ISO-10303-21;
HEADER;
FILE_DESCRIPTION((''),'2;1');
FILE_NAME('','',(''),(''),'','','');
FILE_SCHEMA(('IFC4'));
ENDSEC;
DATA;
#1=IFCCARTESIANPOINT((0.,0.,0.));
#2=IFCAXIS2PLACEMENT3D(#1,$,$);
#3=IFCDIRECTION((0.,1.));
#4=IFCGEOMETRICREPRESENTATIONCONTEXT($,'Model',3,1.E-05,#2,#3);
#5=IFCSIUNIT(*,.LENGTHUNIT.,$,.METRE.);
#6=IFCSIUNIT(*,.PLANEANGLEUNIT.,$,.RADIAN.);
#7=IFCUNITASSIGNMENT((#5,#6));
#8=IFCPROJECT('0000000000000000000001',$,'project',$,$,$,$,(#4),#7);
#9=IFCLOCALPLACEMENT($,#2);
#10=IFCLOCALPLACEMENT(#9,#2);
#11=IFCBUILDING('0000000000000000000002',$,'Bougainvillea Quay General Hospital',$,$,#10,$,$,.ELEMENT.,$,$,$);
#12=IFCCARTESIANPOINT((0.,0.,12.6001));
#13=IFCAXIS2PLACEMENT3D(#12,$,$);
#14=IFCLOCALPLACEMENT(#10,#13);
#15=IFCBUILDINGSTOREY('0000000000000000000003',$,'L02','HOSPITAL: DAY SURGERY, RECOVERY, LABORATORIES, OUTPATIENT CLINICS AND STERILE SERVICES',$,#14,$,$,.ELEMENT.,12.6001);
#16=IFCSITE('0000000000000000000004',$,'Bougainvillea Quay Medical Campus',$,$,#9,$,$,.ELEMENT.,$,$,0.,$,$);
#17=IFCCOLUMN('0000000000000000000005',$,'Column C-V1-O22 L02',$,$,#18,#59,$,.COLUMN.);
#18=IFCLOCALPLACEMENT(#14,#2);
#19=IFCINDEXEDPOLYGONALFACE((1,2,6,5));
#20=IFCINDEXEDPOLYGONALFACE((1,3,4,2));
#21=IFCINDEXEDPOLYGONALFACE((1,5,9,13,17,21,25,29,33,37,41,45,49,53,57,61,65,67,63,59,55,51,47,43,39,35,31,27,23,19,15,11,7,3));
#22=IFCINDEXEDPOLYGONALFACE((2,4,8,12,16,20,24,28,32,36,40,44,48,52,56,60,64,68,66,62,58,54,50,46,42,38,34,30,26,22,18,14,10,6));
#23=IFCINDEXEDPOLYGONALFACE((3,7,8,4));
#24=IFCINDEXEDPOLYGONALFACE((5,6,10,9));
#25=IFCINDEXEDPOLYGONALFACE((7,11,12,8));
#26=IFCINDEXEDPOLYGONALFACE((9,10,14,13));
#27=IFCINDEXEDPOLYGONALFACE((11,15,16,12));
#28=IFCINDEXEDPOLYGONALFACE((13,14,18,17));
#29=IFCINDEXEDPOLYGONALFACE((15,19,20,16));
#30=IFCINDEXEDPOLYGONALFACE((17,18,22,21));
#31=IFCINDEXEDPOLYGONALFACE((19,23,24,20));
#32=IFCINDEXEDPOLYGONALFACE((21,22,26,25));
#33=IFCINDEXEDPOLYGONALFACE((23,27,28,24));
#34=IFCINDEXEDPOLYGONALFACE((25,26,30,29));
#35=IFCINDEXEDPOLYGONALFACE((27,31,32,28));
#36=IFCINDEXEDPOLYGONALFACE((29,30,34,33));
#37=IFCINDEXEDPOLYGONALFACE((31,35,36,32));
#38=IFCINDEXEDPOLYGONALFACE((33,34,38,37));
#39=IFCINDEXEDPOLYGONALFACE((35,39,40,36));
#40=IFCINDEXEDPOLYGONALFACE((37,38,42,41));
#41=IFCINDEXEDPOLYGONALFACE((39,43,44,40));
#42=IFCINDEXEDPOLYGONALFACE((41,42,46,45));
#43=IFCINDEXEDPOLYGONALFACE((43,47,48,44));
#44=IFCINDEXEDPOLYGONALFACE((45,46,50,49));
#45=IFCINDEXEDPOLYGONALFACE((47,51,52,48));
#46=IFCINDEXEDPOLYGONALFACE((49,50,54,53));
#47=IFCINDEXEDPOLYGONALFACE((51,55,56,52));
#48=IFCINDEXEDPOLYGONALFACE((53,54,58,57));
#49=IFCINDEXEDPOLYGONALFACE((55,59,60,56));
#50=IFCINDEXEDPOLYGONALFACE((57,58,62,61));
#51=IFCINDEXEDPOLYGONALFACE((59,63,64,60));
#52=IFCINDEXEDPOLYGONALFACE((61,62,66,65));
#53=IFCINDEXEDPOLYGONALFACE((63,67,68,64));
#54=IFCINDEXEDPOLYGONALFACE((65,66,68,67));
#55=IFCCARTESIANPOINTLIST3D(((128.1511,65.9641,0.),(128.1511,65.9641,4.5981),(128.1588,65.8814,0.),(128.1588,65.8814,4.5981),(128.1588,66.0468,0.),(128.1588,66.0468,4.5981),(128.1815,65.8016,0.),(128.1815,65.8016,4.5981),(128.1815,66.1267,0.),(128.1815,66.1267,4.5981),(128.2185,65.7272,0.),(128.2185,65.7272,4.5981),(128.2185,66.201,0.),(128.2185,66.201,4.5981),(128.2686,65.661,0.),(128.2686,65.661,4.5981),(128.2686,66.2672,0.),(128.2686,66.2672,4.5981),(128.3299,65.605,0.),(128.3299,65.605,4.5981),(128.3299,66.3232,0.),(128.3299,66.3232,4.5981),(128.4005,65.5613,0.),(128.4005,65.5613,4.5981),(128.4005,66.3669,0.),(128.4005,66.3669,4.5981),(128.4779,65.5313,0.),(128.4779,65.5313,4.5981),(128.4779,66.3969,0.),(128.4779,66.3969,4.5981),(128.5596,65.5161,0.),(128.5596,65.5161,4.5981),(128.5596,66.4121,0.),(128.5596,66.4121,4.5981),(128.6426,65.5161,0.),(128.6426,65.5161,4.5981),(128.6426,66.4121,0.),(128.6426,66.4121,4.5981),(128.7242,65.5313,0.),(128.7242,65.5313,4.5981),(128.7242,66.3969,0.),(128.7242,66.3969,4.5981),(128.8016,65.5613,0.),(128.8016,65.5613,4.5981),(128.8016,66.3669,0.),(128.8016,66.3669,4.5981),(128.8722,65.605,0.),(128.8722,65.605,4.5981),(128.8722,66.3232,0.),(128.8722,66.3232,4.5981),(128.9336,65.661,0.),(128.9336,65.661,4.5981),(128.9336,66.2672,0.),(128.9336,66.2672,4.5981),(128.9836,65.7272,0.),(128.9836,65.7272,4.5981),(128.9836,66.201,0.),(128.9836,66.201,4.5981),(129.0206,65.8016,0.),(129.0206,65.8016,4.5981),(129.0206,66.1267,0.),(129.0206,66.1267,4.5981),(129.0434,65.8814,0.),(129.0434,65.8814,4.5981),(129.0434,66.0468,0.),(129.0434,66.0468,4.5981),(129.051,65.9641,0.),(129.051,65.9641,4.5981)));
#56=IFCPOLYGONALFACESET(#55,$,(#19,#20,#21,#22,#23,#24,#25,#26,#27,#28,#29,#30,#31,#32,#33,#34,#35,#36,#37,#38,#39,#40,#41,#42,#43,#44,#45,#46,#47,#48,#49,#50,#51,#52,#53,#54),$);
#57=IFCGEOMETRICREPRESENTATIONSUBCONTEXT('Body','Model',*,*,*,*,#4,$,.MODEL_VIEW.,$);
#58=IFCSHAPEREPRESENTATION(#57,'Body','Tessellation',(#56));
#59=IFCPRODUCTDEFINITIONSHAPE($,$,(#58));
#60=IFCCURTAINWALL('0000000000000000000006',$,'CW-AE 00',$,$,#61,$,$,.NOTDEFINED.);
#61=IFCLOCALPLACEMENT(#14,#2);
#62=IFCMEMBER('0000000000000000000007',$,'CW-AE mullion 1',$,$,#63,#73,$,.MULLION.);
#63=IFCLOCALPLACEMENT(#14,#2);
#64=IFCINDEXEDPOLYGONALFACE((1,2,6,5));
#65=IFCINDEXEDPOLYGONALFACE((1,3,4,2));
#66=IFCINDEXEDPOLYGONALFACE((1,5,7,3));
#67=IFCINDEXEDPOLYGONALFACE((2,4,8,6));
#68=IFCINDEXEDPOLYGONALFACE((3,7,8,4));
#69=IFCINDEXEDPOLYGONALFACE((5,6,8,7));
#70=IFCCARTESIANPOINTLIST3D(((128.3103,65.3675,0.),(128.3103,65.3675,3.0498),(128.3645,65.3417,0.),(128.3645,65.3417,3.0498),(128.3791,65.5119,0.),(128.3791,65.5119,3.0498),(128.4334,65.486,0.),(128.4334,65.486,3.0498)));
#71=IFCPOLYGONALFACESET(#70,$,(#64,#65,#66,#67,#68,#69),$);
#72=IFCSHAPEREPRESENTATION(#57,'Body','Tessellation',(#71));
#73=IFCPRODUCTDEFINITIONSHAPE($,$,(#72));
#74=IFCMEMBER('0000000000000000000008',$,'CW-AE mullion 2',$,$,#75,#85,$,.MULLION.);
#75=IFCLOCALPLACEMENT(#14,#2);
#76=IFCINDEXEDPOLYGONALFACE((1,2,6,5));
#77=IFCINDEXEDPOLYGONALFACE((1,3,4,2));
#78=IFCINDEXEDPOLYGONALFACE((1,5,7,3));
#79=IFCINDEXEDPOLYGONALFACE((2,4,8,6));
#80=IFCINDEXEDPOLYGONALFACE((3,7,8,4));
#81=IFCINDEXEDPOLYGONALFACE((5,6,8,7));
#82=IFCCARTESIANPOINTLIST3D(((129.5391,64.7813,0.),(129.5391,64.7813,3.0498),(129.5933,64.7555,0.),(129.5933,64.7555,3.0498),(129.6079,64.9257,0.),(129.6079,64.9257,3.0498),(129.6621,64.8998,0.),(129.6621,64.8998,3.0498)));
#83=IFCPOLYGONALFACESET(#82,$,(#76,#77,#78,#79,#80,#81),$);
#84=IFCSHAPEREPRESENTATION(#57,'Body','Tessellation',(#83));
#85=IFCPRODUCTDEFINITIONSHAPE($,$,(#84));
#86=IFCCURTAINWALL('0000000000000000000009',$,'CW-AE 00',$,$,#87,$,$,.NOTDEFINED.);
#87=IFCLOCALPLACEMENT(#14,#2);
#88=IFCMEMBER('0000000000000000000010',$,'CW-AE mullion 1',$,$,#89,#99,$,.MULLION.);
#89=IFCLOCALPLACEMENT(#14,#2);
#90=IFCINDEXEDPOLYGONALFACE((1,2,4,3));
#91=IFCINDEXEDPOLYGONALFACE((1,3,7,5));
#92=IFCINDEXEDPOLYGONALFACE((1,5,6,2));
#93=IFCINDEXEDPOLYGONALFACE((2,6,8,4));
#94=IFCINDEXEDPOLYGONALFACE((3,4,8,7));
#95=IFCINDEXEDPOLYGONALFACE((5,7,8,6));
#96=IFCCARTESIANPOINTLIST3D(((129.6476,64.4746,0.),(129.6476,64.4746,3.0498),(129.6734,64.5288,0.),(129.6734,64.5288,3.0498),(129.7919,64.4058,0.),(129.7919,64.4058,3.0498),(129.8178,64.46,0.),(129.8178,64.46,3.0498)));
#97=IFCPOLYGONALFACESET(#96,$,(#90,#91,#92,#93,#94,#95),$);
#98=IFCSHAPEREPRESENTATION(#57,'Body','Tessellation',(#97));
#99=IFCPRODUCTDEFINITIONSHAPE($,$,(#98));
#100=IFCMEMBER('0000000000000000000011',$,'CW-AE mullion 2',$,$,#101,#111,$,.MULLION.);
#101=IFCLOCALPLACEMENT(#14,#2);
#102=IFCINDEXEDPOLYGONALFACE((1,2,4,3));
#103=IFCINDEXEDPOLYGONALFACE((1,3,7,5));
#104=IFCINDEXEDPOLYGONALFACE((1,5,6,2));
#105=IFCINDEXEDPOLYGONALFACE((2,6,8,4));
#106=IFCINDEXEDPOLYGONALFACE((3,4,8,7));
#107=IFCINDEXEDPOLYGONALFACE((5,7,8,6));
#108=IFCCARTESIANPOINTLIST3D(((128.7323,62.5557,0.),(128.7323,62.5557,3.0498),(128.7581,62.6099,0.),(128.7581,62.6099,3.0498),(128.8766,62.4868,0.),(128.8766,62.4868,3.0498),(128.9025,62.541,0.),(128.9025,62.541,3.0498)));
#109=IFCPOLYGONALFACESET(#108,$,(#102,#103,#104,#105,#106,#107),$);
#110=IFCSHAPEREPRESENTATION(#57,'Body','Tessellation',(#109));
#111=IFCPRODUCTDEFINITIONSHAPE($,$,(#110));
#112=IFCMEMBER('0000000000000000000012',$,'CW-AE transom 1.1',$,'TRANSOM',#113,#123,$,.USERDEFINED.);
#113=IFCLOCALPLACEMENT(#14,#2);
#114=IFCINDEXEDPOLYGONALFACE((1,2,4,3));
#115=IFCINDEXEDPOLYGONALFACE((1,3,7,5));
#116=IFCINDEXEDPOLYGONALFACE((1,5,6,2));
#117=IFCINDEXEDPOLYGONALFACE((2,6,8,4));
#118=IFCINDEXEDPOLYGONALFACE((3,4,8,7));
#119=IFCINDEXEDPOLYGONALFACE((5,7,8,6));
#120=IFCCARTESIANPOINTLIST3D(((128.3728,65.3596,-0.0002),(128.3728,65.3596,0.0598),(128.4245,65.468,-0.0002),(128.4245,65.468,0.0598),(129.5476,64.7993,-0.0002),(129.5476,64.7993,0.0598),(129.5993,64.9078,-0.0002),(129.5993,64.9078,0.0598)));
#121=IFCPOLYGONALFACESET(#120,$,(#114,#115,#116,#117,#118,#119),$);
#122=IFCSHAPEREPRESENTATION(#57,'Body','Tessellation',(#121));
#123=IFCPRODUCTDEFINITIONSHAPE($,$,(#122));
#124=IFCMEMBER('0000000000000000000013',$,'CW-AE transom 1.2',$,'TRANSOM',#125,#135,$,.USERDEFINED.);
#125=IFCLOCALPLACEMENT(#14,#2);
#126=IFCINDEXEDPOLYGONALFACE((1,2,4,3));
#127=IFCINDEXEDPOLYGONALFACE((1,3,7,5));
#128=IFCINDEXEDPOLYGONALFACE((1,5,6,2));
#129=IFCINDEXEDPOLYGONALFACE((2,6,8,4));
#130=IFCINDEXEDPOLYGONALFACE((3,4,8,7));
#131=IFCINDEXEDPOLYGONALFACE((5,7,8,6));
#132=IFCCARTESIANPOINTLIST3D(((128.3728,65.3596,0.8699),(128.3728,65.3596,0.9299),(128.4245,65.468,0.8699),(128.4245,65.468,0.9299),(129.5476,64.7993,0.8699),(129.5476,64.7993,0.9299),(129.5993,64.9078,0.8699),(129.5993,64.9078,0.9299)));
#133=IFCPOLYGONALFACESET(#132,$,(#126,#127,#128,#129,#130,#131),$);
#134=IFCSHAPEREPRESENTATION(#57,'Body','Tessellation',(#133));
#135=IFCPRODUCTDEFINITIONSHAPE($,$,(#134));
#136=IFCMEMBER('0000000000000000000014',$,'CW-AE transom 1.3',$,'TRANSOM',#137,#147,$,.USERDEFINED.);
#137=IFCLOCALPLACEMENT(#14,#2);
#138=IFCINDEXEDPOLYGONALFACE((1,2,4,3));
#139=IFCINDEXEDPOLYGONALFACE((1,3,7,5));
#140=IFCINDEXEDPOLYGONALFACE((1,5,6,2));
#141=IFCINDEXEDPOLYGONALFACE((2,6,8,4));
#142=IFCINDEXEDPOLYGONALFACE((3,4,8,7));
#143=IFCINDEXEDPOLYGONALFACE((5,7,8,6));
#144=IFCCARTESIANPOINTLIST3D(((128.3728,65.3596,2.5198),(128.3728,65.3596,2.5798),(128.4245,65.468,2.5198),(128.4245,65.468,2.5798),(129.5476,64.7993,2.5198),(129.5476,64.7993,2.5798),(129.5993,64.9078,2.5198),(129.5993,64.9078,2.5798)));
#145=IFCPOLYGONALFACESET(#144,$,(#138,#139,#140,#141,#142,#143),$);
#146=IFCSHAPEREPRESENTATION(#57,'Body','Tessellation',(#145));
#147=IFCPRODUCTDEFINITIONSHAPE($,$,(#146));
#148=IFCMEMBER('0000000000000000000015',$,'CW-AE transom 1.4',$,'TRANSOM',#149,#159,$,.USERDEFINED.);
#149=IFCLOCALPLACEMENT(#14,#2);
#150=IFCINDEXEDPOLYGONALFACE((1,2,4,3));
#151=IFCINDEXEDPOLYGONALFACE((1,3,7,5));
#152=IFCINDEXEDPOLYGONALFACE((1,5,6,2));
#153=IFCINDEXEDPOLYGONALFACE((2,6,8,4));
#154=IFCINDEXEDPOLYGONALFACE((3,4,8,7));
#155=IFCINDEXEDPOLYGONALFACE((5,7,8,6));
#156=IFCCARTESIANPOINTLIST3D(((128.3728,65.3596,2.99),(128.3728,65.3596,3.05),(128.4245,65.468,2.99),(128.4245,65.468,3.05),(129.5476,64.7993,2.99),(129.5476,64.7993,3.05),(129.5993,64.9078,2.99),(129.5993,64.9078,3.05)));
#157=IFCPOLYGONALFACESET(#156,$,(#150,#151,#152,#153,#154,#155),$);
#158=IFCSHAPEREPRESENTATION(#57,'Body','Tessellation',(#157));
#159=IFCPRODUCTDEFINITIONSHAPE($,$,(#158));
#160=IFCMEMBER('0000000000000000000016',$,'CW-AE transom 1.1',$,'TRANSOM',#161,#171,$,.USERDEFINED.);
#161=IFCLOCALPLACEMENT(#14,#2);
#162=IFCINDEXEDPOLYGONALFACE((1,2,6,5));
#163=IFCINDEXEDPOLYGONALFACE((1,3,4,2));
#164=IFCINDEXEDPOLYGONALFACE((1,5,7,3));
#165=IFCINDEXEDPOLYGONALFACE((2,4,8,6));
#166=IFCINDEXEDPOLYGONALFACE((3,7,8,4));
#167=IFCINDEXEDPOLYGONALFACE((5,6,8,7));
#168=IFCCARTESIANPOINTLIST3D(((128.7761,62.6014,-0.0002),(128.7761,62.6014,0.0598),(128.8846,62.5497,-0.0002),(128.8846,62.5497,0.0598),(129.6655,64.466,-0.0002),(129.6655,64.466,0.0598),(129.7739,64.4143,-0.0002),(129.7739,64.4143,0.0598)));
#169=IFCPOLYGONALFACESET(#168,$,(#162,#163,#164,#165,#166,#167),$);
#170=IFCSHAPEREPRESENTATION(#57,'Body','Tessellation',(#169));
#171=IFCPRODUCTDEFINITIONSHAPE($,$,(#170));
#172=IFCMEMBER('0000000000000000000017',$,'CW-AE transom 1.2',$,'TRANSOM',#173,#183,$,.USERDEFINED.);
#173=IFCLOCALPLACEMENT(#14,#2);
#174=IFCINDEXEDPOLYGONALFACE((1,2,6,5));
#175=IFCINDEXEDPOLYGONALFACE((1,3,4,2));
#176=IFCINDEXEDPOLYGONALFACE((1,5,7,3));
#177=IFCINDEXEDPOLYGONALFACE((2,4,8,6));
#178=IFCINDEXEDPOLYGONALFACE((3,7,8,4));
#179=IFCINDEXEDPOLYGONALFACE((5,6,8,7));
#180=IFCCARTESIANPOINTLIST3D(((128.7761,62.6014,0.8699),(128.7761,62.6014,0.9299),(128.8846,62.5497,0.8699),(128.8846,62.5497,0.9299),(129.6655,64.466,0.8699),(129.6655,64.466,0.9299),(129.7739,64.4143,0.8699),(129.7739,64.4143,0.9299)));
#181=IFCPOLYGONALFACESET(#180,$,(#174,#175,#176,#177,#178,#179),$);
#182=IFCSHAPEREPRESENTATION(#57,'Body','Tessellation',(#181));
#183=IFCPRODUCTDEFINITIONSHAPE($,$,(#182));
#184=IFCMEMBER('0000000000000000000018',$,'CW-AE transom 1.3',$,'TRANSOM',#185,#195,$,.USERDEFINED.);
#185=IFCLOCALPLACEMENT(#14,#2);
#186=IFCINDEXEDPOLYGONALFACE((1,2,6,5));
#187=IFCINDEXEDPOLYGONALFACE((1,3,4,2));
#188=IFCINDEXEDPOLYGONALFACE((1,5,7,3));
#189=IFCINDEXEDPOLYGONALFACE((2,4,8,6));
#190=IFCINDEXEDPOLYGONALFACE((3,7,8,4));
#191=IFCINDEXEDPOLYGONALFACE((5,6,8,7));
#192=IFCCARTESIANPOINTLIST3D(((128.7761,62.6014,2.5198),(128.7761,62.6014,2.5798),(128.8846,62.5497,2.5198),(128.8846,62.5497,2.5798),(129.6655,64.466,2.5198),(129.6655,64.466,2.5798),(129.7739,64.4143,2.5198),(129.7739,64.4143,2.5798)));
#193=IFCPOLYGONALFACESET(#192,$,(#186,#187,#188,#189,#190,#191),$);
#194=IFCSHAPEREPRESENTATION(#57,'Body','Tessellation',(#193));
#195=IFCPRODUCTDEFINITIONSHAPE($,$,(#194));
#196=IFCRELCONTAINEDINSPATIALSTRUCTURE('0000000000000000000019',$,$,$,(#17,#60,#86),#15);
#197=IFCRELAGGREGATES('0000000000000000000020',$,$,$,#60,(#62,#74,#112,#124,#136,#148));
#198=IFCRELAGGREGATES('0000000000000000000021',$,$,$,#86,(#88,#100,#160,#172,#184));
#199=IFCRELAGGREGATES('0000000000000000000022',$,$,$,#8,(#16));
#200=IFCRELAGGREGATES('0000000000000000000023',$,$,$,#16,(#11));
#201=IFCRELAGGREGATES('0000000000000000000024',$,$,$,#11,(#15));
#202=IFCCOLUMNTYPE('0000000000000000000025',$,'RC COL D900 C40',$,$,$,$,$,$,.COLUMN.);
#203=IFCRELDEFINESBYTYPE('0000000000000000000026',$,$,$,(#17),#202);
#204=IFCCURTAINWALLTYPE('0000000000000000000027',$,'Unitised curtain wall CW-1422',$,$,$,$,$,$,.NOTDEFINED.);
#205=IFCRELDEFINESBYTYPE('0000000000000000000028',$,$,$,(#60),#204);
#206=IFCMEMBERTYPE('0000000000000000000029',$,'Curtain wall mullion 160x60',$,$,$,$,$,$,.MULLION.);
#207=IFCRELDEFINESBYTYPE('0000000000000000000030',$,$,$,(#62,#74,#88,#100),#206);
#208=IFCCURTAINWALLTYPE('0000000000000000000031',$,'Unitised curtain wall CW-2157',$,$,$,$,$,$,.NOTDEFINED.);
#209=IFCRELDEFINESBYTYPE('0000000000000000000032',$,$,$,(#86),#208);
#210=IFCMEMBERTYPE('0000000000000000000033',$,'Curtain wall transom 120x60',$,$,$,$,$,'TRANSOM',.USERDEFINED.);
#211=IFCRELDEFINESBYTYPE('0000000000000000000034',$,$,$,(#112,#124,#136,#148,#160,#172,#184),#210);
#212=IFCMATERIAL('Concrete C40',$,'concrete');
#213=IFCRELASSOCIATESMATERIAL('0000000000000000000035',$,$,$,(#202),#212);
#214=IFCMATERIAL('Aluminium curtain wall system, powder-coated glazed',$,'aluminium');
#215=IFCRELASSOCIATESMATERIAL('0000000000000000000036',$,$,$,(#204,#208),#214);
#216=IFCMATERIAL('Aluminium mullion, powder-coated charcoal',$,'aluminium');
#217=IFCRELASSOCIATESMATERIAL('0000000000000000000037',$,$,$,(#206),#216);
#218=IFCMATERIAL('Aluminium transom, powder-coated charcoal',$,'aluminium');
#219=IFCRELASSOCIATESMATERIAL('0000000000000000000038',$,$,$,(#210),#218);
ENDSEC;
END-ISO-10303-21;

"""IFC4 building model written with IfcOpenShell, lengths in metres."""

from ifc_helpers import new_model, si_unit, direction, frame, origin, origin_2d, place, context, subcontext, project, spatial, rectangle, circle, extrude, material, material_profile, profile_set, type_object, element, aggregate, save


model = new_model("IFC4")

# Units and contexts
model_context = context("Model", 3, precision=1e-05, world=origin(), true_north=direction((0.0, 1.0)))
body_context = subcontext(model_context, "Body", "Model", "MODEL_VIEW")
ifc_project = project(units=[si_unit("LENGTHUNIT", "METRE"), si_unit("PLANEANGLEUNIT", "RADIAN")], contexts=[model_context])

# Site, building, storey
site_placement = place(None, origin())
site = spatial("IfcSite", under=ifc_project, at=site_placement, Name="Bougainvillea Quay Medical Campus", CompositionType="ELEMENT", RefElevation=0.0)
building_placement = place(site_placement, origin())
building = spatial("IfcBuilding", under=site, at=building_placement, Name="Bougainvillea Quay General Hospital", CompositionType="ELEMENT")
storey_placement = place(building_placement, frame((0.0, 0.0, 12.6001)))
storey = spatial("IfcBuildingStorey", under=building, at=storey_placement, Name="L02", Description="HOSPITAL: DAY SURGERY, RECOVERY, LABORATORIES, OUTPATIENT CLINICS AND STERILE SERVICES", CompositionType="ELEMENT", Elevation=12.6001)

# Column
ifc_material_1 = material(Name="Concrete C40", Category="concrete")
ifc_material_profile_1 = material_profile(ifc_material_1, circle(Radius=0.45, at=origin_2d()))
ifc_profile_set_1 = profile_set([ifc_material_profile_1], Name="Concrete C40")
column_type = type_object("IfcColumnType", Name="RC COL D900 C40", PredefinedType="COLUMN", material=ifc_profile_set_1)
column_placement = place(storey_placement, frame((128.6011, 65.9641, 0.0), z_axis=(0.0, 0.0, 1.0), x_axis=(1.0, 0.0, 0.0)))
element("IfcColumn", 1, at=column_placement, inside=storey, type_object=column_type, Name="Column C-V1-O22 L02", PredefinedType="COLUMN", context=body_context, shape_type="SweptSolid", body=[
    extrude(circle(Radius=0.45, at=origin_2d()), origin(), (0.0, 0.0, 1.0), 4.5981),
])

# Curtain walls, members
ifc_material_2 = material(Name="Aluminium curtain wall system, powder-coated glazed", Category="aluminium")
curtain_wall_type_1 = type_object("IfcCurtainWallType", Name="Unitised curtain wall CW-1422", PredefinedType="NOTDEFINED", material=ifc_material_2)
curtain_wall_1_placement = place(storey_placement, origin())
curtain_wall_1 = element("IfcCurtainWall", 2, at=curtain_wall_1_placement, inside=storey, type_object=curtain_wall_type_1, Name="CW-AE 00", PredefinedType="NOTDEFINED")
ifc_material_3 = material(Name="Aluminium mullion, powder-coated charcoal", Category="aluminium")
ifc_material_profile_2 = material_profile(ifc_material_3, rectangle(XDim=0.1599, YDim=0.0601, at=origin_2d()))
ifc_profile_set_2 = profile_set([ifc_material_profile_2], Name="Aluminium mullion, powder-coated charcoal")
member_type_1 = type_object("IfcMemberType", Name="Curtain wall mullion 160x60", PredefinedType="MULLION", material=ifc_profile_set_2)
member_1_placement = place(storey_placement, frame((128.3718, 65.4268, 0.0), z_axis=(0.0, 0.0, 1.0), x_axis=(0.430534, 0.902574, 0.0)))
member_1 = element("IfcMember", 3, at=member_1_placement, type_object=member_type_1, Name="CW-AE mullion 1", PredefinedType="MULLION", context=body_context, shape_type="SweptSolid", body=[
    extrude(rectangle(XDim=0.1599, YDim=0.0601, at=origin_2d()), origin(), (0.0, 0.0, 1.0), 3.0498),
])
member_2_placement = place(storey_placement, frame((129.6006, 64.8406, 0.0), z_axis=(0.0, 0.0, 1.0), x_axis=(0.430534, 0.902574, 0.0)))
member_2 = element("IfcMember", 4, at=member_2_placement, type_object=member_type_1, Name="CW-AE mullion 2", PredefinedType="MULLION", context=body_context, shape_type="SweptSolid", body=[
    extrude(rectangle(XDim=0.1599, YDim=0.0601, at=origin_2d()), origin(), (0.0, 0.0, 1.0), 3.0498),
])
curtain_wall_type_2 = type_object("IfcCurtainWallType", Name="Unitised curtain wall CW-2157", PredefinedType="NOTDEFINED", material=ifc_material_2)
curtain_wall_2_placement = place(storey_placement, origin())
curtain_wall_2 = element("IfcCurtainWall", 5, at=curtain_wall_2_placement, inside=storey, type_object=curtain_wall_type_2, Name="CW-AE 00", PredefinedType="NOTDEFINED")
member_3_placement = place(storey_placement, frame((129.7327, 64.4673, 0.0), z_axis=(0.0, 0.0, 1.0), x_axis=(0.902576, -0.43053, 0.0)))
member_3 = element("IfcMember", 6, at=member_3_placement, type_object=member_type_1, Name="CW-AE mullion 1", PredefinedType="MULLION", context=body_context, shape_type="SweptSolid", body=[
    extrude(rectangle(XDim=0.1599, YDim=0.0601, at=origin_2d()), origin(), (0.0, 0.0, 1.0), 3.0498),
])
member_4_placement = place(storey_placement, frame((128.8174, 62.5483, 0.0), z_axis=(0.0, 0.0, 1.0), x_axis=(0.902576, -0.43053, 0.0)))
member_4 = element("IfcMember", 7, at=member_4_placement, type_object=member_type_1, Name="CW-AE mullion 2", PredefinedType="MULLION", context=body_context, shape_type="SweptSolid", body=[
    extrude(rectangle(XDim=0.1599, YDim=0.0601, at=origin_2d()), origin(), (0.0, 0.0, 1.0), 3.0498),
])

# Members
ifc_material_4 = material(Name="Aluminium transom, powder-coated charcoal", Category="aluminium")
ifc_material_profile_3 = material_profile(ifc_material_4, rectangle(XDim=0.1201, YDim=0.0601, at=origin_2d()))
ifc_profile_set_3 = profile_set([ifc_material_profile_3], Name="Aluminium transom, powder-coated charcoal")
member_type_2 = type_object("IfcMemberType", Name="Curtain wall transom 120x60", ElementType="TRANSOM", PredefinedType="USERDEFINED", material=ifc_profile_set_3)
member_5_placement = place(storey_placement, frame((128.3987, 65.4138, 0.0298), z_axis=(0.9026, -0.43048, 0.0), x_axis=(0.43048, 0.9026, 0.0)))
member_5 = element("IfcMember", 8, at=member_5_placement, type_object=member_type_2, Name="CW-AE transom 1.1", ObjectType="TRANSOM", PredefinedType="USERDEFINED", context=body_context, shape_type="SweptSolid", body=[
    extrude(rectangle(XDim=0.1201, YDim=0.0601, at=origin_2d()), origin(), (0.0, 0.0, 1.0), 1.3015),
])
member_6_placement = place(storey_placement, frame((128.3987, 65.4138, 0.8999), z_axis=(0.9026, -0.43048, 0.0), x_axis=(0.43048, 0.9026, 0.0)))
member_6 = element("IfcMember", 9, at=member_6_placement, type_object=member_type_2, Name="CW-AE transom 1.2", ObjectType="TRANSOM", PredefinedType="USERDEFINED", context=body_context, shape_type="SweptSolid", body=[
    extrude(rectangle(XDim=0.1201, YDim=0.0601, at=origin_2d()), origin(), (0.0, 0.0, 1.0), 1.3015),
])
member_7_placement = place(storey_placement, frame((128.3987, 65.4138, 2.5498), z_axis=(0.9026, -0.43048, 0.0), x_axis=(0.43048, 0.9026, 0.0)))
member_7 = element("IfcMember", 10, at=member_7_placement, type_object=member_type_2, Name="CW-AE transom 1.3", ObjectType="TRANSOM", PredefinedType="USERDEFINED", context=body_context, shape_type="SweptSolid", body=[
    extrude(rectangle(XDim=0.1201, YDim=0.0601, at=origin_2d()), origin(), (0.0, 0.0, 1.0), 1.3015),
])
member_8_placement = place(storey_placement, frame((128.3987, 65.4138, 3.02), z_axis=(0.9026, -0.43048, 0.0), x_axis=(0.43048, 0.9026, 0.0)))
member_8 = element("IfcMember", 11, at=member_8_placement, type_object=member_type_2, Name="CW-AE transom 1.4", ObjectType="TRANSOM", PredefinedType="USERDEFINED", context=body_context, shape_type="SweptSolid", body=[
    extrude(rectangle(XDim=0.1201, YDim=0.0601, at=origin_2d()), origin(), (0.0, 0.0, 1.0), 1.3015),
])
member_9_placement = place(storey_placement, frame((129.7197, 64.4402, 0.0298), z_axis=(-0.430498, -0.902592, 0.0), x_axis=(0.902592, -0.430498, 0.0)))
member_9 = element("IfcMember", 12, at=member_9_placement, type_object=member_type_2, Name="CW-AE transom 1.1", ObjectType="TRANSOM", PredefinedType="USERDEFINED", context=body_context, shape_type="SweptSolid", body=[
    extrude(rectangle(XDim=0.1201, YDim=0.0601, at=origin_2d()), origin(), (0.0, 0.0, 1.0), 2.0659),
])
member_10_placement = place(storey_placement, frame((129.7197, 64.4402, 0.8999), z_axis=(-0.430498, -0.902592, 0.0), x_axis=(0.902592, -0.430498, 0.0)))
member_10 = element("IfcMember", 13, at=member_10_placement, type_object=member_type_2, Name="CW-AE transom 1.2", ObjectType="TRANSOM", PredefinedType="USERDEFINED", context=body_context, shape_type="SweptSolid", body=[
    extrude(rectangle(XDim=0.1201, YDim=0.0601, at=origin_2d()), origin(), (0.0, 0.0, 1.0), 2.0659),
])
member_11_placement = place(storey_placement, frame((129.7197, 64.4402, 2.5498), z_axis=(-0.430498, -0.902592, 0.0), x_axis=(0.902592, -0.430498, 0.0)))
member_11 = element("IfcMember", 14, at=member_11_placement, type_object=member_type_2, Name="CW-AE transom 1.3", ObjectType="TRANSOM", PredefinedType="USERDEFINED", context=body_context, shape_type="SweptSolid", body=[
    extrude(rectangle(XDim=0.1201, YDim=0.0601, at=origin_2d()), origin(), (0.0, 0.0, 1.0), 2.0659),
])

aggregate(curtain_wall_1, [member_1, member_2, member_5, member_6, member_7, member_8])
aggregate(curtain_wall_2, [member_3, member_4, member_9, member_10, member_11])

save(model, "model.ifc")
